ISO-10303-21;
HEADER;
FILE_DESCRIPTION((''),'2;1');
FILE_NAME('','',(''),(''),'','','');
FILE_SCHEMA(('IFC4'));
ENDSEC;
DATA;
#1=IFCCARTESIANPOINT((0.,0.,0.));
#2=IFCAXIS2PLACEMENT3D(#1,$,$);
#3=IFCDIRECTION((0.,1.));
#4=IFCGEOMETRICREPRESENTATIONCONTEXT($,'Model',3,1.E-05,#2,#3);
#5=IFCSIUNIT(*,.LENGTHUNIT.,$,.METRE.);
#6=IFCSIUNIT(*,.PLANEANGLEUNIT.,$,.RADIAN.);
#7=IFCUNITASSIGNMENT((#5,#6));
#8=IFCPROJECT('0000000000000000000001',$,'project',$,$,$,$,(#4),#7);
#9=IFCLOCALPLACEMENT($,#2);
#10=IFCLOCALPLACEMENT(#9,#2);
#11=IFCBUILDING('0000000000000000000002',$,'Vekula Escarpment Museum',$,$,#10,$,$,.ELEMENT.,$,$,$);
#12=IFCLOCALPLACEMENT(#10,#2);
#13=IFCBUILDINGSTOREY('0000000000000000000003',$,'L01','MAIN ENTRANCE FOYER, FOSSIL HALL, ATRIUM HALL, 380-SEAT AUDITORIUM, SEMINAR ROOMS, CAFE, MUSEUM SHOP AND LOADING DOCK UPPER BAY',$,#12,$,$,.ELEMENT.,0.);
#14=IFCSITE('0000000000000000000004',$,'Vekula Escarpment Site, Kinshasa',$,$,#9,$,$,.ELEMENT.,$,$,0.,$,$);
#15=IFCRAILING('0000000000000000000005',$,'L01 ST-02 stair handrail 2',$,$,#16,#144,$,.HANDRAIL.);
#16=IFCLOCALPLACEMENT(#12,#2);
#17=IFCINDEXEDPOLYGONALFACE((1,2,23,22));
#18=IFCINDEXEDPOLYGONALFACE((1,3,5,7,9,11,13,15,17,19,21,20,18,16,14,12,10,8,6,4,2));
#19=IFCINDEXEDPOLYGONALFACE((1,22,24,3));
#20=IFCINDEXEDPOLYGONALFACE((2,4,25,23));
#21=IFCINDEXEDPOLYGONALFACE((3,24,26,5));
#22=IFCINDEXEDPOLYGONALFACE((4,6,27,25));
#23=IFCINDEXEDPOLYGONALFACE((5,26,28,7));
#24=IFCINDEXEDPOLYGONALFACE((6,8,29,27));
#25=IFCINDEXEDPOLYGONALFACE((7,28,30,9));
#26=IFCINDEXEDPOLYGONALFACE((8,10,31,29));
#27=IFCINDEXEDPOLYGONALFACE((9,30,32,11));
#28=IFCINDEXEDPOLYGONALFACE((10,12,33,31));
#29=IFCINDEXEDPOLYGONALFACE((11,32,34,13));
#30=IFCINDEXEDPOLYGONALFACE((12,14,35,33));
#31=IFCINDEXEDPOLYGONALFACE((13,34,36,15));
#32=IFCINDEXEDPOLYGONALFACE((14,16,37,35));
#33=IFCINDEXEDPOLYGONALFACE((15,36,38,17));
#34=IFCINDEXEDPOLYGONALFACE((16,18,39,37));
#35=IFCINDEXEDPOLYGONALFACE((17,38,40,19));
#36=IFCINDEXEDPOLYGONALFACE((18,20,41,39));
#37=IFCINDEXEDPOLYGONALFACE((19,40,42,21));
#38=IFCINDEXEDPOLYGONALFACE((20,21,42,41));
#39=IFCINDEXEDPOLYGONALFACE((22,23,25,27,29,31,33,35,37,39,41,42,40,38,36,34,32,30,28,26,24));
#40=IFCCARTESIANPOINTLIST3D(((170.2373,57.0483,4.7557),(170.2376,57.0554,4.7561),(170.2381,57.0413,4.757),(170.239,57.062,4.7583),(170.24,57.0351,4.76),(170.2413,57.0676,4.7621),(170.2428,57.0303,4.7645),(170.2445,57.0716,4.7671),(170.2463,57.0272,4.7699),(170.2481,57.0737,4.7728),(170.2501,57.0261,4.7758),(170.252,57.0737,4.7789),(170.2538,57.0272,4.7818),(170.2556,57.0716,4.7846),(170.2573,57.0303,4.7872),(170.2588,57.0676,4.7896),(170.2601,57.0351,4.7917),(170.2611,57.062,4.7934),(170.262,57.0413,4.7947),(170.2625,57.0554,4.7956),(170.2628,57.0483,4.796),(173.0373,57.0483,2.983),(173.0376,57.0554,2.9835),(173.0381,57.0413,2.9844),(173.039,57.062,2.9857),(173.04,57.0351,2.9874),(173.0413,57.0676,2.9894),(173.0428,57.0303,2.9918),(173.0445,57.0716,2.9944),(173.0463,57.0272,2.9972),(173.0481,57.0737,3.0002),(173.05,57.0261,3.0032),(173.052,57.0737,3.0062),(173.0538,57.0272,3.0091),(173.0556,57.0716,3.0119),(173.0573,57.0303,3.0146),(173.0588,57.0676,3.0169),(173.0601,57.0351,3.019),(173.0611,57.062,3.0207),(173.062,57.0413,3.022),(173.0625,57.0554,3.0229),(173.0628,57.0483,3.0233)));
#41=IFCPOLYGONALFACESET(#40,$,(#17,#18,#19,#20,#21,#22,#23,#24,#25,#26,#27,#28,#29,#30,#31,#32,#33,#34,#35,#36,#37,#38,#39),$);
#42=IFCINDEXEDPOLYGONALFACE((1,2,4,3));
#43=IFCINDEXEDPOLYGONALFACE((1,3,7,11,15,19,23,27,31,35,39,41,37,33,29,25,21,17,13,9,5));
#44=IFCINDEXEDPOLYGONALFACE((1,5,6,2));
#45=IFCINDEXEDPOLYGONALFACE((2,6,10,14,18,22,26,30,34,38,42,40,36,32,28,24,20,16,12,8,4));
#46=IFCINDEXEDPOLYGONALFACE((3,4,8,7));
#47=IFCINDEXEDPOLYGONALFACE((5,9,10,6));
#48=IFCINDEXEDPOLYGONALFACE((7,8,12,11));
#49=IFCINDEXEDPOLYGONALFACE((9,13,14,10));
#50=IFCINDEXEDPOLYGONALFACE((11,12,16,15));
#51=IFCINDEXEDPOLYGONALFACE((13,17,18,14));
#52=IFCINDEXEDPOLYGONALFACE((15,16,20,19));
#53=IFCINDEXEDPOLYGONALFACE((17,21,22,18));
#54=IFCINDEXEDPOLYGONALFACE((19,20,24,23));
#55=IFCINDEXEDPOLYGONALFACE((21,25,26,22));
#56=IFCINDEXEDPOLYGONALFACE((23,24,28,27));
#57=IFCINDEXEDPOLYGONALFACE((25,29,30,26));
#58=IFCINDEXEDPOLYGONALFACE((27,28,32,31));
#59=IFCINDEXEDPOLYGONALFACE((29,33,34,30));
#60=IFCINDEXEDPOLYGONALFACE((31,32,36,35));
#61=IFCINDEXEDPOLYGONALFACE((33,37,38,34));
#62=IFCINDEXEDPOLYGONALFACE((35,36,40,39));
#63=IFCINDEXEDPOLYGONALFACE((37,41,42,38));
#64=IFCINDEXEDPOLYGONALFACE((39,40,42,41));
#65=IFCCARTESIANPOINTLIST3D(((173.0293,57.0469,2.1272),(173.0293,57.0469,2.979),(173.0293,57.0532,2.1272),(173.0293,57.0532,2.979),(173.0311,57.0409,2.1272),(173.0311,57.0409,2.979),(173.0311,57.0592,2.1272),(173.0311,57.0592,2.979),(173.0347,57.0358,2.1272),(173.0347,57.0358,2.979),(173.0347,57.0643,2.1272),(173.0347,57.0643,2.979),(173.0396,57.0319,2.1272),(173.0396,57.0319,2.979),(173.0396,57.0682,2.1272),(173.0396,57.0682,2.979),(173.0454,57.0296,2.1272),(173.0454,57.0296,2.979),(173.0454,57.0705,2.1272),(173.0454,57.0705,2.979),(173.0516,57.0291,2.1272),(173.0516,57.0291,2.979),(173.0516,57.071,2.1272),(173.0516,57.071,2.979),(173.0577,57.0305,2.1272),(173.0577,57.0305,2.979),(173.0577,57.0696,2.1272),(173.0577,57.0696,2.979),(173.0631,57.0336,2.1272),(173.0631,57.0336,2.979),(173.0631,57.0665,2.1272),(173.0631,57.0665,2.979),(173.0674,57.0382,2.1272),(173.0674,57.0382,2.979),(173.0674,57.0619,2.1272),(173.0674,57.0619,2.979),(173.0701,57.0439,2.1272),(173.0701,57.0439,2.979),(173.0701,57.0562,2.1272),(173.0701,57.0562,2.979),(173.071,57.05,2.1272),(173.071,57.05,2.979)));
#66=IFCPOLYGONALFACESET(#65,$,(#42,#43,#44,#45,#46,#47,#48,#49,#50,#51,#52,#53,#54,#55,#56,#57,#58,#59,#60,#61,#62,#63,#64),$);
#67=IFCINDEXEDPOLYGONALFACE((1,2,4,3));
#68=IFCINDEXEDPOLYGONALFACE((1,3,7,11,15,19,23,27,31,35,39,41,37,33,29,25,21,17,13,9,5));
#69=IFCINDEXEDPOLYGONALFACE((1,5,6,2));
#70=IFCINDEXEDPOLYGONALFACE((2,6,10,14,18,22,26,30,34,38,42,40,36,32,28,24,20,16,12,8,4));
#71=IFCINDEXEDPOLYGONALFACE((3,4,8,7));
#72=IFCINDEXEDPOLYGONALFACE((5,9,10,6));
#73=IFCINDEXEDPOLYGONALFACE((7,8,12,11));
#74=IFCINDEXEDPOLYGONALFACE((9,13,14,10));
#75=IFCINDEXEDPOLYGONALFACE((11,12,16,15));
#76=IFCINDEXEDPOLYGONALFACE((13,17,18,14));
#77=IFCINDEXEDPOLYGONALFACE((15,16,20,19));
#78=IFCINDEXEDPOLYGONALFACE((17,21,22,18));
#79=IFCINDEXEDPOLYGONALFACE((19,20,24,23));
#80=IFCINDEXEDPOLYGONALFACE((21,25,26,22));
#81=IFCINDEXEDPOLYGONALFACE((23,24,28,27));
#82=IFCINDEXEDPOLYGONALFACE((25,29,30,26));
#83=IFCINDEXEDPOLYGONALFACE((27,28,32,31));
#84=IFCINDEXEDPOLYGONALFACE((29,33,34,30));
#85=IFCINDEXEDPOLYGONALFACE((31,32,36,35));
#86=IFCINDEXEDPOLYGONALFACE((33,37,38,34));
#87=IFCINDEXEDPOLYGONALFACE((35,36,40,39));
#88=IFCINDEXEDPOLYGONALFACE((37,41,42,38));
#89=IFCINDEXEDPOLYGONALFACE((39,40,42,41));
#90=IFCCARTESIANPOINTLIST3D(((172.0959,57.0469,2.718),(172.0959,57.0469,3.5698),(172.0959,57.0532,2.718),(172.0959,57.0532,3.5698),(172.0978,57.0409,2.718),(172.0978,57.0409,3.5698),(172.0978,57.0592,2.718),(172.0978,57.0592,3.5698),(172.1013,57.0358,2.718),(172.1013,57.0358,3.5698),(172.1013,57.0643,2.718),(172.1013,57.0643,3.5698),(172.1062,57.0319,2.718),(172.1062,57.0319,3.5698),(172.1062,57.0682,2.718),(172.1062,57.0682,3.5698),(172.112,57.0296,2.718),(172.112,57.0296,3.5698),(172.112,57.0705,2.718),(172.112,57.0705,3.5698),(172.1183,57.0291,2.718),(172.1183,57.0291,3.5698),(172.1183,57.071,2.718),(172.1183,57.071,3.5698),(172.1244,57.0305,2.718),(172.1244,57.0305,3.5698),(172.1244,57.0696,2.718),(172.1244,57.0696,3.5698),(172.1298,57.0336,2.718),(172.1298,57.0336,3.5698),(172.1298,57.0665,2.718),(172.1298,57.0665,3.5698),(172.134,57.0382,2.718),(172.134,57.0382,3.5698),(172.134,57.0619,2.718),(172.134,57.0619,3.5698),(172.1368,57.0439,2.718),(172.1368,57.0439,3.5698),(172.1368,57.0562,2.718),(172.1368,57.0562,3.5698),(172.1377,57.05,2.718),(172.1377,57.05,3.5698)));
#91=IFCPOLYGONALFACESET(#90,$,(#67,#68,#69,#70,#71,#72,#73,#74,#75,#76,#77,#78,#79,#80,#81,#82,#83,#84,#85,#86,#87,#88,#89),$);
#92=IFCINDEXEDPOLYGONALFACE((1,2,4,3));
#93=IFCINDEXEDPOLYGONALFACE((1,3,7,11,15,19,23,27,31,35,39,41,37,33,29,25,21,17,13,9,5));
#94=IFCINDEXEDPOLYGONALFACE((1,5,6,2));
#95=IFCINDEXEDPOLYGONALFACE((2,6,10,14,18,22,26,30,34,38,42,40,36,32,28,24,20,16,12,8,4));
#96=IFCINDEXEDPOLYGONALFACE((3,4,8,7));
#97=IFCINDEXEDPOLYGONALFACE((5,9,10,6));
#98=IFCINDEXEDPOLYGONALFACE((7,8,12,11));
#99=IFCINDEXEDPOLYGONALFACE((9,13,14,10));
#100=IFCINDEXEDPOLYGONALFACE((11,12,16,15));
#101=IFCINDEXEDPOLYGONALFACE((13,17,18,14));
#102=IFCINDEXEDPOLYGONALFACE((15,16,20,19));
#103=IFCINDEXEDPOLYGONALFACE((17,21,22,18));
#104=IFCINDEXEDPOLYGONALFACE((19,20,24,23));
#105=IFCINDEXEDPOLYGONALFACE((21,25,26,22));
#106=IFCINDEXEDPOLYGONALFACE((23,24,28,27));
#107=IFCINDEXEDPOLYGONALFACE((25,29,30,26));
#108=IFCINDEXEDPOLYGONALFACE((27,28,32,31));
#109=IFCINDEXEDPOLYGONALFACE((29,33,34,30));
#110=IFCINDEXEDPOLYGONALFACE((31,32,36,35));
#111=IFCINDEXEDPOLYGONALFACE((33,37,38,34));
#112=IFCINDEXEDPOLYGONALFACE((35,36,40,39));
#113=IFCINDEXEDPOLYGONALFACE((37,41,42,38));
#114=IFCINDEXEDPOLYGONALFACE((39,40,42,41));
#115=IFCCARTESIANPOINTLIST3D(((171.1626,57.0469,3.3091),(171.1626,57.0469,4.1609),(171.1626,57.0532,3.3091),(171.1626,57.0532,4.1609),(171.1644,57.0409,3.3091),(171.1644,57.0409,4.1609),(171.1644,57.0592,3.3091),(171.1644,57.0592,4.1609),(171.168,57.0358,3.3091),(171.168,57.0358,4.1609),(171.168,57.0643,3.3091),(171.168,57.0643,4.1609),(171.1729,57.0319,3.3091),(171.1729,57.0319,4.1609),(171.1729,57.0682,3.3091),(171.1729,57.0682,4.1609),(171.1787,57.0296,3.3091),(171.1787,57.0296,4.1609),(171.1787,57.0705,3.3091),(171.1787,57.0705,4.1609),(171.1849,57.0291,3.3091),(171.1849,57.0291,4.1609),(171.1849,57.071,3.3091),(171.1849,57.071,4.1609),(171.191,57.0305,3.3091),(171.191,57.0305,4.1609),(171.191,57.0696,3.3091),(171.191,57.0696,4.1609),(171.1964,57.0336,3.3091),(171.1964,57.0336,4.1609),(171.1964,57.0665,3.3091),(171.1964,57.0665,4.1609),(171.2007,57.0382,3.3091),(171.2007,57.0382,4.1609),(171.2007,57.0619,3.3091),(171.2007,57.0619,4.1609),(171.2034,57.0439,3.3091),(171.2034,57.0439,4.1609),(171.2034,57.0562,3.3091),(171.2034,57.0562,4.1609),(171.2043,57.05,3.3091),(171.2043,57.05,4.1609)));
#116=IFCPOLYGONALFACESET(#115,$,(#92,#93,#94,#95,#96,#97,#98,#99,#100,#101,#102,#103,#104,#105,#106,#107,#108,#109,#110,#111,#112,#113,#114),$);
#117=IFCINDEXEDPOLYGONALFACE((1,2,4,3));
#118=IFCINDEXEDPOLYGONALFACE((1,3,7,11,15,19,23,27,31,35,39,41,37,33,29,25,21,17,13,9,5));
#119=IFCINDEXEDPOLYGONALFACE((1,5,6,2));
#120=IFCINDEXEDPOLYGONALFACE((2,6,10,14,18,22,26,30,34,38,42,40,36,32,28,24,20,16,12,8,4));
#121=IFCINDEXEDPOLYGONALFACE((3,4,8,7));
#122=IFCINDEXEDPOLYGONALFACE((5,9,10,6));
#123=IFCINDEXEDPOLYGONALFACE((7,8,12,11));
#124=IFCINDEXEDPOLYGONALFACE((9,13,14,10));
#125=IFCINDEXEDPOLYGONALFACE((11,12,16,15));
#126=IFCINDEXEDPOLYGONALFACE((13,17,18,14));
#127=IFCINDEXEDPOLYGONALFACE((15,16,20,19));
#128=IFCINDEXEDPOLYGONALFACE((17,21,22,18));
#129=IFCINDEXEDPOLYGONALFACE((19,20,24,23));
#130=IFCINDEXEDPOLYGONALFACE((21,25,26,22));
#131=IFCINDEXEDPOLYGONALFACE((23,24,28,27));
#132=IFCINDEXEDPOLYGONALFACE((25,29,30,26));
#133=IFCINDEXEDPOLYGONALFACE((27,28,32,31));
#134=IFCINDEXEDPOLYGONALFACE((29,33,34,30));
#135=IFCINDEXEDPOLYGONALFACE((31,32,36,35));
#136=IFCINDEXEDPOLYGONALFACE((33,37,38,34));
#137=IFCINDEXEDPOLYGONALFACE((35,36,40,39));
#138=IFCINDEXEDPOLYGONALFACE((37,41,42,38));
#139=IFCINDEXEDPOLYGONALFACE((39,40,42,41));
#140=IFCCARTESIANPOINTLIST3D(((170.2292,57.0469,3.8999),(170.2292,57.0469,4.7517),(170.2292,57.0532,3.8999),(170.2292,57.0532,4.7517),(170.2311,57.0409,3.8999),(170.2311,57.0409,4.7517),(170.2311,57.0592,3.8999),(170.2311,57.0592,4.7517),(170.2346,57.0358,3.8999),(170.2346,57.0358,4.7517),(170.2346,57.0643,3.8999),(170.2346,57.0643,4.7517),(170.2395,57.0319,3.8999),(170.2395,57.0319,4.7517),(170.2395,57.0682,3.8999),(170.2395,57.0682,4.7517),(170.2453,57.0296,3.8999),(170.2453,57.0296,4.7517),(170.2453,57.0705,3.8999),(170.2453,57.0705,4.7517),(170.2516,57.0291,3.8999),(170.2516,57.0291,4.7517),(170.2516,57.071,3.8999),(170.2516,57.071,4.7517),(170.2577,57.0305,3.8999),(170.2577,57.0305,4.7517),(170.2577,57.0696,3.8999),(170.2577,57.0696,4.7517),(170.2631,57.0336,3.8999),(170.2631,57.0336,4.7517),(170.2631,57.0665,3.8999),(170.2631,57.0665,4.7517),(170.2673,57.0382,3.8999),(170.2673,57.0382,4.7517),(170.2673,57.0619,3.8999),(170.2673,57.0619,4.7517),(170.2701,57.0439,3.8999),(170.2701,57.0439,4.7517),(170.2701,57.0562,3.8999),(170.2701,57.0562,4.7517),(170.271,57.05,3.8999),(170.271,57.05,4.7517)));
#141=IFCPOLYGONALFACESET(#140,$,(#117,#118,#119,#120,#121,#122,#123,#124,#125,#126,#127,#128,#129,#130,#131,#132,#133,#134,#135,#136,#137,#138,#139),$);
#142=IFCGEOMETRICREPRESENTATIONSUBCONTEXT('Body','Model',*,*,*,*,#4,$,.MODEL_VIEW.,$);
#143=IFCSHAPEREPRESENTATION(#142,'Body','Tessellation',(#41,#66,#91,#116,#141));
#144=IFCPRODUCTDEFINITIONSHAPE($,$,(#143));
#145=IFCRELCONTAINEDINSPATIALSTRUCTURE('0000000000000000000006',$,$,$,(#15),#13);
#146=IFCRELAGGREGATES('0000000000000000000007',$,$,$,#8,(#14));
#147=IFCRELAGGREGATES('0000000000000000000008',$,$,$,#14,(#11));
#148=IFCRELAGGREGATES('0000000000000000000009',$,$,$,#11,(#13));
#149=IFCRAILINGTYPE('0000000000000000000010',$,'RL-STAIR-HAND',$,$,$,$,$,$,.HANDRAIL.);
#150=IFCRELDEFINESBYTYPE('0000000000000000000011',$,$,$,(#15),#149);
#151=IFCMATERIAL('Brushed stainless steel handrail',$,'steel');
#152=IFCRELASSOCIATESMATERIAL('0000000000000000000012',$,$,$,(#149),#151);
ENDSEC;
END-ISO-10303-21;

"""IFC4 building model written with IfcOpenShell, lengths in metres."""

from ifc_helpers import new_model, si_unit, direction, frame, origin, origin_2d, place, context, subcontext, project, spatial, circle, extrude, material, type_object, element, save


model = new_model("IFC4")

# Units and contexts
model_context = context("Model", 3, precision=1e-05, world=origin(), true_north=direction((0.0, 1.0)))
body_context = subcontext(model_context, "Body", "Model", "MODEL_VIEW")
ifc_project = project(units=[si_unit("LENGTHUNIT", "METRE"), si_unit("PLANEANGLEUNIT", "RADIAN")], contexts=[model_context])

# Site, building, storey
site_placement = place(None, origin())
site = spatial("IfcSite", under=ifc_project, at=site_placement, Name="Vekula Escarpment Site, Kinshasa", CompositionType="ELEMENT", RefElevation=0.0)
building_placement = place(site_placement, origin())
building = spatial("IfcBuilding", under=site, at=building_placement, Name="Vekula Escarpment Museum", CompositionType="ELEMENT")
storey_placement = place(building_placement, origin())
storey = spatial("IfcBuildingStorey", under=building, at=storey_placement, Name="L01", Description="MAIN ENTRANCE FOYER, FOSSIL HALL, ATRIUM HALL, 380-SEAT AUDITORIUM, SEMINAR ROOMS, CAFE, MUSEUM SHOP AND LOADING DOCK UPPER BAY", CompositionType="ELEMENT", Elevation=0.0)

# Railing
ifc_material_1 = material(Name="Brushed stainless steel handrail", Category="steel")
railing_type_1 = type_object("IfcRailingType", Name="RL-STAIR-HAND", PredefinedType="HANDRAIL", material=ifc_material_1)
for number, where, name in (
    (1, (173.05, 57.05, 2.1272), "L01 ST-02 stair handrail 2"),
):
    element("IfcRailing", number, at=place(storey_placement, frame(where)), inside=storey, type_object=railing_type_1, Name=name, PredefinedType="HANDRAIL", context=body_context, shape_type="SweptSolid", body=[
        extrude(circle(Radius=0.0239, at=origin_2d()), frame((0.0, 0.0, 0.876), z_axis=(-0.844909, 0.0, 0.53491), x_axis=(0.0, -1.0, 0.0)), (0.0, 0.0, 1.0), 3.314),
        extrude(circle(Radius=0.021, at=origin_2d()), origin(), (0.0, 0.0, 1.0), 0.8518),
        extrude(circle(Radius=0.021, at=origin_2d()), frame((-0.9333, 0.0, 0.5908)), (0.0, 0.0, 1.0), 0.8518),
        extrude(circle(Radius=0.021, at=origin_2d()), frame((-1.8667, 0.0, 1.1819)), (0.0, 0.0, 1.0), 0.8518),
        extrude(circle(Radius=0.021, at=origin_2d()), frame((-2.8, 0.0, 1.7727)), (0.0, 0.0, 1.0), 0.8518),
    ])

save(model, "model.ifc")
